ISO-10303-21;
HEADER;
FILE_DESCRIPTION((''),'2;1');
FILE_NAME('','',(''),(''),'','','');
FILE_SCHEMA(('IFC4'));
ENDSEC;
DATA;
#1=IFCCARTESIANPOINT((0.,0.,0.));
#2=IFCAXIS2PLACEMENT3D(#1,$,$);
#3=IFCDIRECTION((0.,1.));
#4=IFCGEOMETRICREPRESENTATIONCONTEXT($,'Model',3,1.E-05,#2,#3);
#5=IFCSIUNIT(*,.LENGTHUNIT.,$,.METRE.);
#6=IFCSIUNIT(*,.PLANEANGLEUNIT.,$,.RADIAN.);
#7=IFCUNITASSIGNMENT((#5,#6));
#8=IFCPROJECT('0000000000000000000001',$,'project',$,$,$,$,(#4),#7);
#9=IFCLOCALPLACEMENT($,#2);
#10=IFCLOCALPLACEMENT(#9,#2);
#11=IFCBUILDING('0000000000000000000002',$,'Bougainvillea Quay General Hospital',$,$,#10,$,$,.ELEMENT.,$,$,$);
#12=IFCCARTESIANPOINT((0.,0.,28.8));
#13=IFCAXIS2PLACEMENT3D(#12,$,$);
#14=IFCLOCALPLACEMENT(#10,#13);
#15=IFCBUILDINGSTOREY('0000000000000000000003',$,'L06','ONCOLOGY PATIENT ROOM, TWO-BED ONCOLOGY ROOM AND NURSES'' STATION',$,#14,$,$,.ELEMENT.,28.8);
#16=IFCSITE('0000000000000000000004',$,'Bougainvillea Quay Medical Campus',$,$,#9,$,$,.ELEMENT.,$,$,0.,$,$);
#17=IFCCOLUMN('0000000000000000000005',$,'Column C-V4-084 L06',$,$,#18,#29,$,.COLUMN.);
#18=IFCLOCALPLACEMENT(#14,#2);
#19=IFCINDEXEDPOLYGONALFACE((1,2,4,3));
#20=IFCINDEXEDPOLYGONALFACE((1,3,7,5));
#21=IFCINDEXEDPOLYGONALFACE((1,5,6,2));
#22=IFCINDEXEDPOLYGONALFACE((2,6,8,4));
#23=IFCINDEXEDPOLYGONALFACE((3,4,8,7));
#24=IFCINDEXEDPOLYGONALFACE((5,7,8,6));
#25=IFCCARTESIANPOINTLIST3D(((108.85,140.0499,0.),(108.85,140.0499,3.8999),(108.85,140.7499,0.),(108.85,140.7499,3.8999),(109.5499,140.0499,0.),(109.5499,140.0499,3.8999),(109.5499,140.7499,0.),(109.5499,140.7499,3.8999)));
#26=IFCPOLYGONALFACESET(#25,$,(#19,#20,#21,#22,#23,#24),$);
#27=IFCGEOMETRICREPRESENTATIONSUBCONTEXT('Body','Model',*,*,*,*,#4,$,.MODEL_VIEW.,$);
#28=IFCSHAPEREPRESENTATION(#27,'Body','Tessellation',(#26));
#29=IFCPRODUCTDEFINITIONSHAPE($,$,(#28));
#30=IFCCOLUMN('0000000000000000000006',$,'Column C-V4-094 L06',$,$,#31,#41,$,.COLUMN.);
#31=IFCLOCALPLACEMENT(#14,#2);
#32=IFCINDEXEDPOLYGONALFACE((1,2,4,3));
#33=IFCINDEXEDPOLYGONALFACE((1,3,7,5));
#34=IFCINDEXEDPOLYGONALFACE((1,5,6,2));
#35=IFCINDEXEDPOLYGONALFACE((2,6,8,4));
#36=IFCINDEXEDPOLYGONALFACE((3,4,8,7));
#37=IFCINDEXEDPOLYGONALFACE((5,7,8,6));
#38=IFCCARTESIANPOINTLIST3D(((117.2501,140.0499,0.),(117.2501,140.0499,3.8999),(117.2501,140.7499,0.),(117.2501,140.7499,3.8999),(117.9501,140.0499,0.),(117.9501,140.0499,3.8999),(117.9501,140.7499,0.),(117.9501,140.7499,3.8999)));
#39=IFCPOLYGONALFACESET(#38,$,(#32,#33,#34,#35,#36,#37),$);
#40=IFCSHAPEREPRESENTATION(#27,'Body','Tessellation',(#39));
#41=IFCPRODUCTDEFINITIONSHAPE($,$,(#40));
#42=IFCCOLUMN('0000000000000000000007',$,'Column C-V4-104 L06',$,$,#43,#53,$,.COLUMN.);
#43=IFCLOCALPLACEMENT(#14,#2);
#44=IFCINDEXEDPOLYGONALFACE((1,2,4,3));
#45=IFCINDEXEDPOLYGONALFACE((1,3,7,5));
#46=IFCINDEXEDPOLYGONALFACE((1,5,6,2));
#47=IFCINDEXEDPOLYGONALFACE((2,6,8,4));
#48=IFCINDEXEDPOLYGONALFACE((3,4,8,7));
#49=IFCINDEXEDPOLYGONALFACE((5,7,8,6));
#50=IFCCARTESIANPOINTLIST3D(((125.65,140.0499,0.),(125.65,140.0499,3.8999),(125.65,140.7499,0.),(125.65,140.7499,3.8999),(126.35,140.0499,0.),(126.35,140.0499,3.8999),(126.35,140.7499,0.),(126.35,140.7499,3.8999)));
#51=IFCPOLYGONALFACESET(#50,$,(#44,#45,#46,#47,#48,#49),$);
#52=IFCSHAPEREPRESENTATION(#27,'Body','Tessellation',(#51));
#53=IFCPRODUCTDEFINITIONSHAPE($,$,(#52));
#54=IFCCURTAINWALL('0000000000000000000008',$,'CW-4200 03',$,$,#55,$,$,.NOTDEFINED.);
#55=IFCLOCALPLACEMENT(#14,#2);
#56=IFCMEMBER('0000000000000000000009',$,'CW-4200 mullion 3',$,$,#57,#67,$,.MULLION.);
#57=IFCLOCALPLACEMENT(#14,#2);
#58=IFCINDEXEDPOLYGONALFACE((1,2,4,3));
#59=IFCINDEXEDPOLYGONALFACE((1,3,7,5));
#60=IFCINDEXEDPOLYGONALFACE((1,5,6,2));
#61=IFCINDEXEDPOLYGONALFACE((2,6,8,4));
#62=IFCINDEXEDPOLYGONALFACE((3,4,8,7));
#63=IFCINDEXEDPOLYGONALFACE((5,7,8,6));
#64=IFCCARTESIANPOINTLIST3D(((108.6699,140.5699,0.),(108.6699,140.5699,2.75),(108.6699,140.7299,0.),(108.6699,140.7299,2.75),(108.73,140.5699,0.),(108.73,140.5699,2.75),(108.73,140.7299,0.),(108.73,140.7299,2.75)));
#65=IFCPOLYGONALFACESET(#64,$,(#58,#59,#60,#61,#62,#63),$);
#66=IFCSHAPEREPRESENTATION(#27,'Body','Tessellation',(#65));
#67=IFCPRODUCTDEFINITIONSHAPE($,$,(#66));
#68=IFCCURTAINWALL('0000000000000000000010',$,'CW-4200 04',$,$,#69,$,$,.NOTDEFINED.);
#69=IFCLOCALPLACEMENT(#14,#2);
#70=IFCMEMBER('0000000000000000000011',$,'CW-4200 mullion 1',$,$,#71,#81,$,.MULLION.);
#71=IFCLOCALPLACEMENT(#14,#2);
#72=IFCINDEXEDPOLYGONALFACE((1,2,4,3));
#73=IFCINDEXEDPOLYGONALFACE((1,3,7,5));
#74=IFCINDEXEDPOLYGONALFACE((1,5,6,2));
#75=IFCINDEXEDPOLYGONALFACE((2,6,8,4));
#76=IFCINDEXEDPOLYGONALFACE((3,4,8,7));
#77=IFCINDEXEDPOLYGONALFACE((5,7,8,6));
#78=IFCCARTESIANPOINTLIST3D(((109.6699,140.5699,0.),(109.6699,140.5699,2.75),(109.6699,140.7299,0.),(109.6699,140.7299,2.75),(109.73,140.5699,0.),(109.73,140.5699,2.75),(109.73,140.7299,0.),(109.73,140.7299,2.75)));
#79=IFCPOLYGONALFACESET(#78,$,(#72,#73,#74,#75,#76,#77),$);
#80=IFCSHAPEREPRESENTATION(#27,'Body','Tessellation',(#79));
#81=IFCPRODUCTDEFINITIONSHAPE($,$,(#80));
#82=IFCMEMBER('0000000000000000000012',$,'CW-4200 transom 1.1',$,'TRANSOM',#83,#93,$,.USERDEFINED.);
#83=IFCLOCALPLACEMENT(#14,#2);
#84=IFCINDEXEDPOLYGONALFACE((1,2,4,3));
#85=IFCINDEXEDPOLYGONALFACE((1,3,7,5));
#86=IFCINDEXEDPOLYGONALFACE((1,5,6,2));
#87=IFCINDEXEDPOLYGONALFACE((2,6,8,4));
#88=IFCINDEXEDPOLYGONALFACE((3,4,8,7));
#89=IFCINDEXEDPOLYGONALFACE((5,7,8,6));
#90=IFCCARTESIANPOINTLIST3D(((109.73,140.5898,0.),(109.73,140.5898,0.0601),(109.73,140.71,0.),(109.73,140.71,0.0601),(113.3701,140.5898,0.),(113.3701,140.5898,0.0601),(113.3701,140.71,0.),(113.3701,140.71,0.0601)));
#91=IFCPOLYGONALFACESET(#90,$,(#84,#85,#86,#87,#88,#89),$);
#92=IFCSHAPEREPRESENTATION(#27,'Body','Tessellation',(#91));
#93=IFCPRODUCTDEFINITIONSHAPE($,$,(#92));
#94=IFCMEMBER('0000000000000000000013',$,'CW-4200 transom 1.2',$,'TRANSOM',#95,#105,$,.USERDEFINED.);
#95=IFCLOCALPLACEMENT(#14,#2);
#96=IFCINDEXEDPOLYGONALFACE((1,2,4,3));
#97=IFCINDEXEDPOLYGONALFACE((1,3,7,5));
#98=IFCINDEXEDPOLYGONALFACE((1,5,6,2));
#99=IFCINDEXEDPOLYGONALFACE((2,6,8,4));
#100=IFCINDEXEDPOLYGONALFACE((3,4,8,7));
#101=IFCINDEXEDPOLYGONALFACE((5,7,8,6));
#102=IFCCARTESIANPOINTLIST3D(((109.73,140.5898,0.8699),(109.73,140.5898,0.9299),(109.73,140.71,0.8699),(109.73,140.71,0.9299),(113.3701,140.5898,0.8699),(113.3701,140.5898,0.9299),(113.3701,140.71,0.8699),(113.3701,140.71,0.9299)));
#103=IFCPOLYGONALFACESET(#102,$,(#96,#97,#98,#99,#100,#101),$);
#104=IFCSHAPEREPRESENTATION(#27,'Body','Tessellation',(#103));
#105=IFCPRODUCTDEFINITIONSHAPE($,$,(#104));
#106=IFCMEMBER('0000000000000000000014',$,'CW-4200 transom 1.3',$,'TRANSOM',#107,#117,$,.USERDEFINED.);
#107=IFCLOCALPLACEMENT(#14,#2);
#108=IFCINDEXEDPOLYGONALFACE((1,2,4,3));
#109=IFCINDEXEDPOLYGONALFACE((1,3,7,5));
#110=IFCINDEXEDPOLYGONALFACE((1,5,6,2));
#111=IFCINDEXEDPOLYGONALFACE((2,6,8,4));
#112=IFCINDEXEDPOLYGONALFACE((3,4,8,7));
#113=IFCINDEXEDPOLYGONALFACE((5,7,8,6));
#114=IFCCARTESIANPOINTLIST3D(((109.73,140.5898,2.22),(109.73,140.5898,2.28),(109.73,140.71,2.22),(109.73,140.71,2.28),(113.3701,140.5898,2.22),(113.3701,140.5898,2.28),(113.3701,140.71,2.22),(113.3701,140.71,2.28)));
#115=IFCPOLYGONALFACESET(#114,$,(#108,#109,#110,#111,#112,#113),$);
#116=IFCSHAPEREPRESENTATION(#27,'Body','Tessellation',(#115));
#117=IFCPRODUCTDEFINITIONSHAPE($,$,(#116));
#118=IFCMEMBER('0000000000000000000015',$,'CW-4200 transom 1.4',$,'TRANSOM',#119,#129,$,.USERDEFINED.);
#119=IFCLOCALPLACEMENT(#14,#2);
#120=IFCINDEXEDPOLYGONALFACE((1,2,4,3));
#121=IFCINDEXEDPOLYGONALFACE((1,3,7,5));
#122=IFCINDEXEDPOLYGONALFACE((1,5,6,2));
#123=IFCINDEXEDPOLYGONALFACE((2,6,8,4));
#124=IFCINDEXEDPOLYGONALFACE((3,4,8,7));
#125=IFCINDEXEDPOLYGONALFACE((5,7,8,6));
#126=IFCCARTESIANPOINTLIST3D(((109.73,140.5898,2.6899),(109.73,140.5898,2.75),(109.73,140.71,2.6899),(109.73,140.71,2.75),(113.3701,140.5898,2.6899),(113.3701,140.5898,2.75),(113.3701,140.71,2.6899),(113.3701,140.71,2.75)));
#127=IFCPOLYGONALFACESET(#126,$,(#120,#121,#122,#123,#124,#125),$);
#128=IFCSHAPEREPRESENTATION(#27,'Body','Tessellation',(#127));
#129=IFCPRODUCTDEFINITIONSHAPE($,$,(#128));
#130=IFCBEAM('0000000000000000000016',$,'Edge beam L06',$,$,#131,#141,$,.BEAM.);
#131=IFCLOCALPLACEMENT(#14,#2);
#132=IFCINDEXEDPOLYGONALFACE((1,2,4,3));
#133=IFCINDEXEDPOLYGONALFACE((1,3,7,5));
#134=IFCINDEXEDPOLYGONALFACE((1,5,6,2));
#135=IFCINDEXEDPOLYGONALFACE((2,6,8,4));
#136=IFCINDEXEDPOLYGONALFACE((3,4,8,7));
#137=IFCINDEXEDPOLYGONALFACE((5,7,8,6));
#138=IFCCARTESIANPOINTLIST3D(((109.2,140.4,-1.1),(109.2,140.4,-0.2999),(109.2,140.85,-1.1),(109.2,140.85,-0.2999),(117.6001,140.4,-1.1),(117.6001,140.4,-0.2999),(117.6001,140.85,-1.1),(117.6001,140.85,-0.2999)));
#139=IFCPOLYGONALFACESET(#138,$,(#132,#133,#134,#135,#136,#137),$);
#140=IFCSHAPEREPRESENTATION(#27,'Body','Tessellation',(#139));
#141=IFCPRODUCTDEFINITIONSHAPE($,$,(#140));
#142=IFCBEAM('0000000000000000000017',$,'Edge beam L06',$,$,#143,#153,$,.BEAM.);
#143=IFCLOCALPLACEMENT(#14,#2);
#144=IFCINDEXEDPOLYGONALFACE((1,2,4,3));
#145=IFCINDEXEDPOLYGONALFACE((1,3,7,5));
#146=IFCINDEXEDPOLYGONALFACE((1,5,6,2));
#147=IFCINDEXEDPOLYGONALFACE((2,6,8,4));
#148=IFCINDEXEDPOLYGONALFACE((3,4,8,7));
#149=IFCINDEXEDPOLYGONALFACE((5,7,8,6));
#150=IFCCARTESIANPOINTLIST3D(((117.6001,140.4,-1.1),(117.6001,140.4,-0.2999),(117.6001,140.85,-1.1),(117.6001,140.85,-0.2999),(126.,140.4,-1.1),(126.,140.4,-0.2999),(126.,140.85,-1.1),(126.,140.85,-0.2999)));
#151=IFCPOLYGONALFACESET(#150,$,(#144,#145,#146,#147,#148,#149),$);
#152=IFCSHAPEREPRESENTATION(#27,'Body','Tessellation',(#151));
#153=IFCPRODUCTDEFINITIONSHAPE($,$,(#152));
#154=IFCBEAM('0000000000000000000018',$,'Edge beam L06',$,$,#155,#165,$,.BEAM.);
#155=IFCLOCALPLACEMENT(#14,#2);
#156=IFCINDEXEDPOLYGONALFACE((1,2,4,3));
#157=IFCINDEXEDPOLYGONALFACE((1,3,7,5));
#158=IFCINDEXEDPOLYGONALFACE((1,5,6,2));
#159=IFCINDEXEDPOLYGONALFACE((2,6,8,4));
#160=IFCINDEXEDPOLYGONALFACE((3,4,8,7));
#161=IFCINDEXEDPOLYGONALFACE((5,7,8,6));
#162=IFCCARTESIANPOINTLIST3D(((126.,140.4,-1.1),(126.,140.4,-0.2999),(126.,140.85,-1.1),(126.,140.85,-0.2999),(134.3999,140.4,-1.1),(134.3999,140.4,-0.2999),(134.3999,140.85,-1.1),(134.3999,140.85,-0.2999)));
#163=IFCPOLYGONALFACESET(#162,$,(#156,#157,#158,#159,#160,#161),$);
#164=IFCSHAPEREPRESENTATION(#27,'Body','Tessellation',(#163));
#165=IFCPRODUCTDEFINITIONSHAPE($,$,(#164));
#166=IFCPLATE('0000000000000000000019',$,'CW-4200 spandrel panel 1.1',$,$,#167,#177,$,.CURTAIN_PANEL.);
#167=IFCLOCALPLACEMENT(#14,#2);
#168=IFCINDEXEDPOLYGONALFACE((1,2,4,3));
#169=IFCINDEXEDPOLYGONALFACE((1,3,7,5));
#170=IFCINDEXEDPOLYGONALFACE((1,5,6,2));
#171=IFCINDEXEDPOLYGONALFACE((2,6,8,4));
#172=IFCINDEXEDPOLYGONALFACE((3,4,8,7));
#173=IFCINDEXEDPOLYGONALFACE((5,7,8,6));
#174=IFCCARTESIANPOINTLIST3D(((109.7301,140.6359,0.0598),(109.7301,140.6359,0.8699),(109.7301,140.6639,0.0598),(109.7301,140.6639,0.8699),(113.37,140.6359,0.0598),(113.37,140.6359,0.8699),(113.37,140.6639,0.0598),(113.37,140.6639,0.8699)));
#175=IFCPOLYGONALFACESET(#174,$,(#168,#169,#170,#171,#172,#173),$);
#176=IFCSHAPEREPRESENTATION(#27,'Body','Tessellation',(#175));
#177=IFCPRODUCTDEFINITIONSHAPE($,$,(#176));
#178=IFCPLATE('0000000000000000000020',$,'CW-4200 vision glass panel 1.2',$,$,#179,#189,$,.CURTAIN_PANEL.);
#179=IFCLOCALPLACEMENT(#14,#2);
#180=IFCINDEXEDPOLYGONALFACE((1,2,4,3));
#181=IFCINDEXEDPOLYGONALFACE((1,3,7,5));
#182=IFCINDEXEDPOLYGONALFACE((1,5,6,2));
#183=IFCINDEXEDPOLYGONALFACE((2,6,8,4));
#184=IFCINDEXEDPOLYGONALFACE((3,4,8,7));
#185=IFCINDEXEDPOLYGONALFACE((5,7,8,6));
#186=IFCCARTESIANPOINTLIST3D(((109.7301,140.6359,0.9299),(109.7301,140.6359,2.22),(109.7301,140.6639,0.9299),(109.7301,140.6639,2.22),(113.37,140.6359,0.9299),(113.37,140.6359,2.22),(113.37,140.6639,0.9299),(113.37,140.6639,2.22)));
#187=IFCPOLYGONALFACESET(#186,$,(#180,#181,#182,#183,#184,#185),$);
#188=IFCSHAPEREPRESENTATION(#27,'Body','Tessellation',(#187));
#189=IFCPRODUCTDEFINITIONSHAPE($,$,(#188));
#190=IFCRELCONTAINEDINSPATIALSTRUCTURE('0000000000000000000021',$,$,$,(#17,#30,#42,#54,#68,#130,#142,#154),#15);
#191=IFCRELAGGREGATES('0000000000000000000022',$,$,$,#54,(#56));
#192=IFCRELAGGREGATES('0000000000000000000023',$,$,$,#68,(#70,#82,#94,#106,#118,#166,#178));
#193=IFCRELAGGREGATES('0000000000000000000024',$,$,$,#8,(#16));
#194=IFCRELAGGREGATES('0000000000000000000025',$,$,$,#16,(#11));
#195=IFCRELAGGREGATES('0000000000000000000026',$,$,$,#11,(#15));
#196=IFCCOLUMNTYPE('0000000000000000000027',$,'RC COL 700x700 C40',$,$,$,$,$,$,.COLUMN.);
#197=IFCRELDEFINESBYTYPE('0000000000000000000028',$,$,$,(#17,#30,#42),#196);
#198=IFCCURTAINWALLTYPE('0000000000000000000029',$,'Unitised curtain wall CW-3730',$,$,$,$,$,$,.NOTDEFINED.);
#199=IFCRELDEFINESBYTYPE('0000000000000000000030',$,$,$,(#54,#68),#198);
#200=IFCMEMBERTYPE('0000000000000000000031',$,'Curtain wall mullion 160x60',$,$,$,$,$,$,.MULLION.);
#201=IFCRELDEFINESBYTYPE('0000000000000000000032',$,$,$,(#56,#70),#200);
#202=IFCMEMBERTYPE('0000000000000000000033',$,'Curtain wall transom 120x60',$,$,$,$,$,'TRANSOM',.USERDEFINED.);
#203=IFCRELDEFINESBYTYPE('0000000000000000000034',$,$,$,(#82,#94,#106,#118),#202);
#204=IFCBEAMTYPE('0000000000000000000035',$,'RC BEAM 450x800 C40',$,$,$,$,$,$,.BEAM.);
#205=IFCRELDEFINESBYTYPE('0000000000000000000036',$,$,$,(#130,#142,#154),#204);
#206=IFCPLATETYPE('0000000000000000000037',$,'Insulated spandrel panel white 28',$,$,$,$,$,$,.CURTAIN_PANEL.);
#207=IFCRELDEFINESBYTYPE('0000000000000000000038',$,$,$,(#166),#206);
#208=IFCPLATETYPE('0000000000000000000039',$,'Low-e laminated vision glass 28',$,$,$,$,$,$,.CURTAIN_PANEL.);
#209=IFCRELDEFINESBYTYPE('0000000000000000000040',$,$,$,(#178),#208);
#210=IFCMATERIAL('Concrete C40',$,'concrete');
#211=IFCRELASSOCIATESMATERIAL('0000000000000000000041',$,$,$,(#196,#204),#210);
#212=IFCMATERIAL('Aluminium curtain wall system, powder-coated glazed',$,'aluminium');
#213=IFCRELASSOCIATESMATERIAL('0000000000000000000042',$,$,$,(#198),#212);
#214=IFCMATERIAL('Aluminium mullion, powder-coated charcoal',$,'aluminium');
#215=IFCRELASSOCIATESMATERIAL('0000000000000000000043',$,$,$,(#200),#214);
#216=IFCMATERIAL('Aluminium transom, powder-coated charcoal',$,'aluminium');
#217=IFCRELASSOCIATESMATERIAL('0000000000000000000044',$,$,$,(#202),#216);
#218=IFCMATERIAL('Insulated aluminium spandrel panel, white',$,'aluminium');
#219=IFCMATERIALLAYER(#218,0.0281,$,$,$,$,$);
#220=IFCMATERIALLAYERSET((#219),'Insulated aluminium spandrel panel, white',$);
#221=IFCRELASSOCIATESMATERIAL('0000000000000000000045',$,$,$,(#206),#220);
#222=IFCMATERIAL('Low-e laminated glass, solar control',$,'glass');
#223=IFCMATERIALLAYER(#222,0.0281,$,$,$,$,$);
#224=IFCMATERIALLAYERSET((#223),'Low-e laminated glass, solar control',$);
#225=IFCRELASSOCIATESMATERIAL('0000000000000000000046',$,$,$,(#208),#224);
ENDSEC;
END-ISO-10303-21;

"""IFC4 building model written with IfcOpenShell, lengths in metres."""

from ifc_helpers import new_model, si_unit, direction, frame, origin, origin_2d, place, context, subcontext, project, spatial, rectangle, extrude, material, layer, layer_set, material_profile, profile_set, type_object, element, aggregate, save


model = new_model("IFC4")

# Units and contexts
model_context = context("Model", 3, precision=1e-05, world=origin(), true_north=direction((0.0, 1.0)))
body_context = subcontext(model_context, "Body", "Model", "MODEL_VIEW")
ifc_project = project(units=[si_unit("LENGTHUNIT", "METRE"), si_unit("PLANEANGLEUNIT", "RADIAN")], contexts=[model_context])

# Site, building, storey
site_placement = place(None, origin())
site = spatial("IfcSite", under=ifc_project, at=site_placement, Name="Bougainvillea Quay Medical Campus", CompositionType="ELEMENT", RefElevation=0.0)
building_placement = place(site_placement, origin())
building = spatial("IfcBuilding", under=site, at=building_placement, Name="Bougainvillea Quay General Hospital", CompositionType="ELEMENT")
storey_placement = place(building_placement, frame((0.0, 0.0, 28.8)))
storey = spatial("IfcBuildingStorey", under=building, at=storey_placement, Name="L06", Description="ONCOLOGY PATIENT ROOM, TWO-BED ONCOLOGY ROOM AND NURSES' STATION", CompositionType="ELEMENT", Elevation=28.8)

# Columns
ifc_material_1 = material(Name="Concrete C40", Category="concrete")
ifc_material_profile_1 = material_profile(ifc_material_1, rectangle(XDim=0.7, YDim=0.7, at=origin_2d()))
ifc_profile_set_1 = profile_set([ifc_material_profile_1], Name="Concrete C40")
column_type = type_object("IfcColumnType", Name="RC COL 700x700 C40", PredefinedType="COLUMN", material=ifc_profile_set_1)
for number, where, z_axis, x_axis, name in (
    (1, (109.2, 140.3999, 0.0), (0.0, 0.0, 1.0), (1.0, 0.0, 0.0), "Column C-V4-084 L06"),
    (2, (117.6001, 140.3999, 0.0), (0.0, 0.0, 1.0), (1.0, 0.0, 0.0), "Column C-V4-094 L06"),
    (3, (126.0, 140.3999, 0.0), (0.0, 0.0, 1.0), (1.0, 0.0, 0.0), "Column C-V4-104 L06"),
):
    element("IfcColumn", number, at=place(storey_placement, frame(where, z_axis=z_axis, x_axis=x_axis)), inside=storey, type_object=column_type, Name=name, PredefinedType="COLUMN", context=body_context, shape_type="SweptSolid", body=[
        extrude(rectangle(XDim=0.7, YDim=0.7, at=origin_2d()), origin(), (0.0, 0.0, 1.0), 3.8999),
    ])

# Curtain wall, member
ifc_material_2 = material(Name="Aluminium curtain wall system, powder-coated glazed", Category="aluminium")
curtain_wall_type = type_object("IfcCurtainWallType", Name="Unitised curtain wall CW-3730", PredefinedType="NOTDEFINED", material=ifc_material_2)
curtain_wall_1_placement = place(storey_placement, origin())
curtain_wall_1 = element("IfcCurtainWall", 4, at=curtain_wall_1_placement, inside=storey, type_object=curtain_wall_type, Name="CW-4200 03", PredefinedType="NOTDEFINED")
ifc_material_3 = material(Name="Aluminium mullion, powder-coated charcoal", Category="aluminium")
ifc_material_profile_2 = material_profile(ifc_material_3, rectangle(XDim=0.1599, YDim=0.0601, at=origin_2d()))
ifc_profile_set_2 = profile_set([ifc_material_profile_2], Name="Aluminium mullion, powder-coated charcoal")
member_type_1 = type_object("IfcMemberType", Name="Curtain wall mullion 160x60", PredefinedType="MULLION", material=ifc_profile_set_2)
member_1_placement = place(storey_placement, frame((108.7, 140.6499, 0.0), z_axis=(0.0, 0.0, 1.0), x_axis=(0.0, 1.0, 0.0)))
member_1 = element("IfcMember", 5, at=member_1_placement, type_object=member_type_1, Name="CW-4200 mullion 3", PredefinedType="MULLION", context=body_context, shape_type="SweptSolid", body=[
    extrude(rectangle(XDim=0.1599, YDim=0.0601, at=origin_2d()), origin(), (0.0, 0.0, 1.0), 2.75),
])
aggregate(curtain_wall_1, [member_1])

# Curtain wall, members
curtain_wall_2_placement = place(storey_placement, origin())
curtain_wall_2 = element("IfcCurtainWall", 6, at=curtain_wall_2_placement, inside=storey, type_object=curtain_wall_type, Name="CW-4200 04", PredefinedType="NOTDEFINED")
member_2_placement = place(storey_placement, frame((109.7, 140.6499, 0.0), z_axis=(0.0, 0.0, 1.0), x_axis=(0.0, 1.0, 0.0)))
member_2 = element("IfcMember", 7, at=member_2_placement, type_object=member_type_1, Name="CW-4200 mullion 1", PredefinedType="MULLION", context=body_context, shape_type="SweptSolid", body=[
    extrude(rectangle(XDim=0.1599, YDim=0.0601, at=origin_2d()), origin(), (0.0, 0.0, 1.0), 2.75),
])
ifc_material_4 = material(Name="Aluminium transom, powder-coated charcoal", Category="aluminium")
ifc_material_profile_3 = material_profile(ifc_material_4, rectangle(XDim=0.1201, YDim=0.0601, at=origin_2d()))
ifc_profile_set_3 = profile_set([ifc_material_profile_3], Name="Aluminium transom, powder-coated charcoal")
member_type_2 = type_object("IfcMemberType", Name="Curtain wall transom 120x60", ElementType="TRANSOM", PredefinedType="USERDEFINED", material=ifc_profile_set_3)
member_3_placement = place(storey_placement, frame((109.73, 140.6499, 0.03), z_axis=(1.0, 0.0, 0.0), x_axis=(0.0, 1.0, 0.0)))
member_3 = element("IfcMember", 8, at=member_3_placement, type_object=member_type_2, Name="CW-4200 transom 1.1", ObjectType="TRANSOM", PredefinedType="USERDEFINED", context=body_context, shape_type="SweptSolid", body=[
    extrude(rectangle(XDim=0.1201, YDim=0.0601, at=origin_2d()), origin(), (0.0, 0.0, 1.0), 3.6401),
])
member_4_placement = place(storey_placement, frame((109.73, 140.6499, 0.8999), z_axis=(1.0, 0.0, 0.0), x_axis=(0.0, 1.0, 0.0)))
member_4 = element("IfcMember", 9, at=member_4_placement, type_object=member_type_2, Name="CW-4200 transom 1.2", ObjectType="TRANSOM", PredefinedType="USERDEFINED", context=body_context, shape_type="SweptSolid", body=[
    extrude(rectangle(XDim=0.1201, YDim=0.0601, at=origin_2d()), origin(), (0.0, 0.0, 1.0), 3.6401),
])
member_5_placement = place(storey_placement, frame((109.73, 140.6499, 2.25), z_axis=(1.0, 0.0, 0.0), x_axis=(0.0, 1.0, 0.0)))
member_5 = element("IfcMember", 10, at=member_5_placement, type_object=member_type_2, Name="CW-4200 transom 1.3", ObjectType="TRANSOM", PredefinedType="USERDEFINED", context=body_context, shape_type="SweptSolid", body=[
    extrude(rectangle(XDim=0.1201, YDim=0.0601, at=origin_2d()), origin(), (0.0, 0.0, 1.0), 3.6401),
])
member_6_placement = place(storey_placement, frame((109.73, 140.6499, 2.72), z_axis=(1.0, 0.0, 0.0), x_axis=(0.0, 1.0, 0.0)))
member_6 = element("IfcMember", 11, at=member_6_placement, type_object=member_type_2, Name="CW-4200 transom 1.4", ObjectType="TRANSOM", PredefinedType="USERDEFINED", context=body_context, shape_type="SweptSolid", body=[
    extrude(rectangle(XDim=0.1201, YDim=0.0601, at=origin_2d()), origin(), (0.0, 0.0, 1.0), 3.6401),
])

# Beams
ifc_material_profile_4 = material_profile(ifc_material_1, rectangle(XDim=0.45, YDim=0.8, at=origin_2d()))
ifc_profile_set_4 = profile_set([ifc_material_profile_4], Name="Concrete C40")
beam_type = type_object("IfcBeamType", Name="RC BEAM 450x800 C40", PredefinedType="BEAM", material=ifc_profile_set_4)
beam_placement = place(storey_placement, frame((109.2, 140.625, -0.7), z_axis=(1.0, 0.0, 0.0), x_axis=(0.0, 1.0, 0.0)))
element("IfcBeam", 12, at=beam_placement, inside=storey, type_object=beam_type, Name="Edge beam L06", PredefinedType="BEAM", context=body_context, shape_type="SweptSolid", body=[
    extrude(rectangle(XDim=0.45, YDim=0.8, at=origin_2d()), origin(), (0.0, 0.0, 1.0), 8.4001),
])
for number, where, z_axis, x_axis, name in (
    (13, (117.6001, 140.625, -0.7), (1.0, 0.0, 0.0), (0.0, 1.0, 0.0), "Edge beam L06"),
    (14, (126.0, 140.625, -0.7), (1.0, 0.0, 0.0), (0.0, 1.0, 0.0), "Edge beam L06"),
):
    element("IfcBeam", number, at=place(storey_placement, frame(where, z_axis=z_axis, x_axis=x_axis)), inside=storey, type_object=beam_type, Name=name, PredefinedType="BEAM", context=body_context, shape_type="SweptSolid", body=[
        extrude(rectangle(XDim=0.45, YDim=0.8, at=origin_2d()), origin(), (0.0, 0.0, 1.0), 8.3999),
    ])

# Plates
ifc_material_5 = material(Name="Insulated aluminium spandrel panel, white", Category="aluminium")
ifc_layer_1 = layer(ifc_material_5, 0.0281)
ifc_layer_set_1 = layer_set([ifc_layer_1], Name="Insulated aluminium spandrel panel, white")
plate_type_1 = type_object("IfcPlateType", Name="Insulated spandrel panel white 28", PredefinedType="CURTAIN_PANEL", material=ifc_layer_set_1)
plate_1_placement = place(storey_placement, frame((111.55, 140.6499, 0.0598), z_axis=(0.0, 0.0, 1.0), x_axis=(1.0, 0.0, 0.0)))
plate_1 = element("IfcPlate", 15, at=plate_1_placement, type_object=plate_type_1, Name="CW-4200 spandrel panel 1.1", PredefinedType="CURTAIN_PANEL", context=body_context, shape_type="SweptSolid", body=[
    extrude(rectangle(XDim=3.6399, YDim=0.0281, at=origin_2d()), origin(), (0.0, 0.0, 1.0), 0.8101),
])
ifc_material_6 = material(Name="Low-e laminated glass, solar control", Category="glass")
ifc_layer_2 = layer(ifc_material_6, 0.0281)
ifc_layer_set_2 = layer_set([ifc_layer_2], Name="Low-e laminated glass, solar control")
plate_type_2 = type_object("IfcPlateType", Name="Low-e laminated vision glass 28", PredefinedType="CURTAIN_PANEL", material=ifc_layer_set_2)
plate_2_placement = place(storey_placement, frame((111.55, 140.6499, 0.9299), z_axis=(0.0, 0.0, 1.0), x_axis=(1.0, 0.0, 0.0)))
plate_2 = element("IfcPlate", 16, at=plate_2_placement, type_object=plate_type_2, Name="CW-4200 vision glass panel 1.2", PredefinedType="CURTAIN_PANEL", context=body_context, shape_type="SweptSolid", body=[
    extrude(rectangle(XDim=3.6399, YDim=0.0281, at=origin_2d()), origin(), (0.0, 0.0, 1.0), 1.29),
])
aggregate(curtain_wall_2, [member_2, member_3, member_4, member_5, member_6, plate_1, plate_2])

save(model, "model.ifc")
